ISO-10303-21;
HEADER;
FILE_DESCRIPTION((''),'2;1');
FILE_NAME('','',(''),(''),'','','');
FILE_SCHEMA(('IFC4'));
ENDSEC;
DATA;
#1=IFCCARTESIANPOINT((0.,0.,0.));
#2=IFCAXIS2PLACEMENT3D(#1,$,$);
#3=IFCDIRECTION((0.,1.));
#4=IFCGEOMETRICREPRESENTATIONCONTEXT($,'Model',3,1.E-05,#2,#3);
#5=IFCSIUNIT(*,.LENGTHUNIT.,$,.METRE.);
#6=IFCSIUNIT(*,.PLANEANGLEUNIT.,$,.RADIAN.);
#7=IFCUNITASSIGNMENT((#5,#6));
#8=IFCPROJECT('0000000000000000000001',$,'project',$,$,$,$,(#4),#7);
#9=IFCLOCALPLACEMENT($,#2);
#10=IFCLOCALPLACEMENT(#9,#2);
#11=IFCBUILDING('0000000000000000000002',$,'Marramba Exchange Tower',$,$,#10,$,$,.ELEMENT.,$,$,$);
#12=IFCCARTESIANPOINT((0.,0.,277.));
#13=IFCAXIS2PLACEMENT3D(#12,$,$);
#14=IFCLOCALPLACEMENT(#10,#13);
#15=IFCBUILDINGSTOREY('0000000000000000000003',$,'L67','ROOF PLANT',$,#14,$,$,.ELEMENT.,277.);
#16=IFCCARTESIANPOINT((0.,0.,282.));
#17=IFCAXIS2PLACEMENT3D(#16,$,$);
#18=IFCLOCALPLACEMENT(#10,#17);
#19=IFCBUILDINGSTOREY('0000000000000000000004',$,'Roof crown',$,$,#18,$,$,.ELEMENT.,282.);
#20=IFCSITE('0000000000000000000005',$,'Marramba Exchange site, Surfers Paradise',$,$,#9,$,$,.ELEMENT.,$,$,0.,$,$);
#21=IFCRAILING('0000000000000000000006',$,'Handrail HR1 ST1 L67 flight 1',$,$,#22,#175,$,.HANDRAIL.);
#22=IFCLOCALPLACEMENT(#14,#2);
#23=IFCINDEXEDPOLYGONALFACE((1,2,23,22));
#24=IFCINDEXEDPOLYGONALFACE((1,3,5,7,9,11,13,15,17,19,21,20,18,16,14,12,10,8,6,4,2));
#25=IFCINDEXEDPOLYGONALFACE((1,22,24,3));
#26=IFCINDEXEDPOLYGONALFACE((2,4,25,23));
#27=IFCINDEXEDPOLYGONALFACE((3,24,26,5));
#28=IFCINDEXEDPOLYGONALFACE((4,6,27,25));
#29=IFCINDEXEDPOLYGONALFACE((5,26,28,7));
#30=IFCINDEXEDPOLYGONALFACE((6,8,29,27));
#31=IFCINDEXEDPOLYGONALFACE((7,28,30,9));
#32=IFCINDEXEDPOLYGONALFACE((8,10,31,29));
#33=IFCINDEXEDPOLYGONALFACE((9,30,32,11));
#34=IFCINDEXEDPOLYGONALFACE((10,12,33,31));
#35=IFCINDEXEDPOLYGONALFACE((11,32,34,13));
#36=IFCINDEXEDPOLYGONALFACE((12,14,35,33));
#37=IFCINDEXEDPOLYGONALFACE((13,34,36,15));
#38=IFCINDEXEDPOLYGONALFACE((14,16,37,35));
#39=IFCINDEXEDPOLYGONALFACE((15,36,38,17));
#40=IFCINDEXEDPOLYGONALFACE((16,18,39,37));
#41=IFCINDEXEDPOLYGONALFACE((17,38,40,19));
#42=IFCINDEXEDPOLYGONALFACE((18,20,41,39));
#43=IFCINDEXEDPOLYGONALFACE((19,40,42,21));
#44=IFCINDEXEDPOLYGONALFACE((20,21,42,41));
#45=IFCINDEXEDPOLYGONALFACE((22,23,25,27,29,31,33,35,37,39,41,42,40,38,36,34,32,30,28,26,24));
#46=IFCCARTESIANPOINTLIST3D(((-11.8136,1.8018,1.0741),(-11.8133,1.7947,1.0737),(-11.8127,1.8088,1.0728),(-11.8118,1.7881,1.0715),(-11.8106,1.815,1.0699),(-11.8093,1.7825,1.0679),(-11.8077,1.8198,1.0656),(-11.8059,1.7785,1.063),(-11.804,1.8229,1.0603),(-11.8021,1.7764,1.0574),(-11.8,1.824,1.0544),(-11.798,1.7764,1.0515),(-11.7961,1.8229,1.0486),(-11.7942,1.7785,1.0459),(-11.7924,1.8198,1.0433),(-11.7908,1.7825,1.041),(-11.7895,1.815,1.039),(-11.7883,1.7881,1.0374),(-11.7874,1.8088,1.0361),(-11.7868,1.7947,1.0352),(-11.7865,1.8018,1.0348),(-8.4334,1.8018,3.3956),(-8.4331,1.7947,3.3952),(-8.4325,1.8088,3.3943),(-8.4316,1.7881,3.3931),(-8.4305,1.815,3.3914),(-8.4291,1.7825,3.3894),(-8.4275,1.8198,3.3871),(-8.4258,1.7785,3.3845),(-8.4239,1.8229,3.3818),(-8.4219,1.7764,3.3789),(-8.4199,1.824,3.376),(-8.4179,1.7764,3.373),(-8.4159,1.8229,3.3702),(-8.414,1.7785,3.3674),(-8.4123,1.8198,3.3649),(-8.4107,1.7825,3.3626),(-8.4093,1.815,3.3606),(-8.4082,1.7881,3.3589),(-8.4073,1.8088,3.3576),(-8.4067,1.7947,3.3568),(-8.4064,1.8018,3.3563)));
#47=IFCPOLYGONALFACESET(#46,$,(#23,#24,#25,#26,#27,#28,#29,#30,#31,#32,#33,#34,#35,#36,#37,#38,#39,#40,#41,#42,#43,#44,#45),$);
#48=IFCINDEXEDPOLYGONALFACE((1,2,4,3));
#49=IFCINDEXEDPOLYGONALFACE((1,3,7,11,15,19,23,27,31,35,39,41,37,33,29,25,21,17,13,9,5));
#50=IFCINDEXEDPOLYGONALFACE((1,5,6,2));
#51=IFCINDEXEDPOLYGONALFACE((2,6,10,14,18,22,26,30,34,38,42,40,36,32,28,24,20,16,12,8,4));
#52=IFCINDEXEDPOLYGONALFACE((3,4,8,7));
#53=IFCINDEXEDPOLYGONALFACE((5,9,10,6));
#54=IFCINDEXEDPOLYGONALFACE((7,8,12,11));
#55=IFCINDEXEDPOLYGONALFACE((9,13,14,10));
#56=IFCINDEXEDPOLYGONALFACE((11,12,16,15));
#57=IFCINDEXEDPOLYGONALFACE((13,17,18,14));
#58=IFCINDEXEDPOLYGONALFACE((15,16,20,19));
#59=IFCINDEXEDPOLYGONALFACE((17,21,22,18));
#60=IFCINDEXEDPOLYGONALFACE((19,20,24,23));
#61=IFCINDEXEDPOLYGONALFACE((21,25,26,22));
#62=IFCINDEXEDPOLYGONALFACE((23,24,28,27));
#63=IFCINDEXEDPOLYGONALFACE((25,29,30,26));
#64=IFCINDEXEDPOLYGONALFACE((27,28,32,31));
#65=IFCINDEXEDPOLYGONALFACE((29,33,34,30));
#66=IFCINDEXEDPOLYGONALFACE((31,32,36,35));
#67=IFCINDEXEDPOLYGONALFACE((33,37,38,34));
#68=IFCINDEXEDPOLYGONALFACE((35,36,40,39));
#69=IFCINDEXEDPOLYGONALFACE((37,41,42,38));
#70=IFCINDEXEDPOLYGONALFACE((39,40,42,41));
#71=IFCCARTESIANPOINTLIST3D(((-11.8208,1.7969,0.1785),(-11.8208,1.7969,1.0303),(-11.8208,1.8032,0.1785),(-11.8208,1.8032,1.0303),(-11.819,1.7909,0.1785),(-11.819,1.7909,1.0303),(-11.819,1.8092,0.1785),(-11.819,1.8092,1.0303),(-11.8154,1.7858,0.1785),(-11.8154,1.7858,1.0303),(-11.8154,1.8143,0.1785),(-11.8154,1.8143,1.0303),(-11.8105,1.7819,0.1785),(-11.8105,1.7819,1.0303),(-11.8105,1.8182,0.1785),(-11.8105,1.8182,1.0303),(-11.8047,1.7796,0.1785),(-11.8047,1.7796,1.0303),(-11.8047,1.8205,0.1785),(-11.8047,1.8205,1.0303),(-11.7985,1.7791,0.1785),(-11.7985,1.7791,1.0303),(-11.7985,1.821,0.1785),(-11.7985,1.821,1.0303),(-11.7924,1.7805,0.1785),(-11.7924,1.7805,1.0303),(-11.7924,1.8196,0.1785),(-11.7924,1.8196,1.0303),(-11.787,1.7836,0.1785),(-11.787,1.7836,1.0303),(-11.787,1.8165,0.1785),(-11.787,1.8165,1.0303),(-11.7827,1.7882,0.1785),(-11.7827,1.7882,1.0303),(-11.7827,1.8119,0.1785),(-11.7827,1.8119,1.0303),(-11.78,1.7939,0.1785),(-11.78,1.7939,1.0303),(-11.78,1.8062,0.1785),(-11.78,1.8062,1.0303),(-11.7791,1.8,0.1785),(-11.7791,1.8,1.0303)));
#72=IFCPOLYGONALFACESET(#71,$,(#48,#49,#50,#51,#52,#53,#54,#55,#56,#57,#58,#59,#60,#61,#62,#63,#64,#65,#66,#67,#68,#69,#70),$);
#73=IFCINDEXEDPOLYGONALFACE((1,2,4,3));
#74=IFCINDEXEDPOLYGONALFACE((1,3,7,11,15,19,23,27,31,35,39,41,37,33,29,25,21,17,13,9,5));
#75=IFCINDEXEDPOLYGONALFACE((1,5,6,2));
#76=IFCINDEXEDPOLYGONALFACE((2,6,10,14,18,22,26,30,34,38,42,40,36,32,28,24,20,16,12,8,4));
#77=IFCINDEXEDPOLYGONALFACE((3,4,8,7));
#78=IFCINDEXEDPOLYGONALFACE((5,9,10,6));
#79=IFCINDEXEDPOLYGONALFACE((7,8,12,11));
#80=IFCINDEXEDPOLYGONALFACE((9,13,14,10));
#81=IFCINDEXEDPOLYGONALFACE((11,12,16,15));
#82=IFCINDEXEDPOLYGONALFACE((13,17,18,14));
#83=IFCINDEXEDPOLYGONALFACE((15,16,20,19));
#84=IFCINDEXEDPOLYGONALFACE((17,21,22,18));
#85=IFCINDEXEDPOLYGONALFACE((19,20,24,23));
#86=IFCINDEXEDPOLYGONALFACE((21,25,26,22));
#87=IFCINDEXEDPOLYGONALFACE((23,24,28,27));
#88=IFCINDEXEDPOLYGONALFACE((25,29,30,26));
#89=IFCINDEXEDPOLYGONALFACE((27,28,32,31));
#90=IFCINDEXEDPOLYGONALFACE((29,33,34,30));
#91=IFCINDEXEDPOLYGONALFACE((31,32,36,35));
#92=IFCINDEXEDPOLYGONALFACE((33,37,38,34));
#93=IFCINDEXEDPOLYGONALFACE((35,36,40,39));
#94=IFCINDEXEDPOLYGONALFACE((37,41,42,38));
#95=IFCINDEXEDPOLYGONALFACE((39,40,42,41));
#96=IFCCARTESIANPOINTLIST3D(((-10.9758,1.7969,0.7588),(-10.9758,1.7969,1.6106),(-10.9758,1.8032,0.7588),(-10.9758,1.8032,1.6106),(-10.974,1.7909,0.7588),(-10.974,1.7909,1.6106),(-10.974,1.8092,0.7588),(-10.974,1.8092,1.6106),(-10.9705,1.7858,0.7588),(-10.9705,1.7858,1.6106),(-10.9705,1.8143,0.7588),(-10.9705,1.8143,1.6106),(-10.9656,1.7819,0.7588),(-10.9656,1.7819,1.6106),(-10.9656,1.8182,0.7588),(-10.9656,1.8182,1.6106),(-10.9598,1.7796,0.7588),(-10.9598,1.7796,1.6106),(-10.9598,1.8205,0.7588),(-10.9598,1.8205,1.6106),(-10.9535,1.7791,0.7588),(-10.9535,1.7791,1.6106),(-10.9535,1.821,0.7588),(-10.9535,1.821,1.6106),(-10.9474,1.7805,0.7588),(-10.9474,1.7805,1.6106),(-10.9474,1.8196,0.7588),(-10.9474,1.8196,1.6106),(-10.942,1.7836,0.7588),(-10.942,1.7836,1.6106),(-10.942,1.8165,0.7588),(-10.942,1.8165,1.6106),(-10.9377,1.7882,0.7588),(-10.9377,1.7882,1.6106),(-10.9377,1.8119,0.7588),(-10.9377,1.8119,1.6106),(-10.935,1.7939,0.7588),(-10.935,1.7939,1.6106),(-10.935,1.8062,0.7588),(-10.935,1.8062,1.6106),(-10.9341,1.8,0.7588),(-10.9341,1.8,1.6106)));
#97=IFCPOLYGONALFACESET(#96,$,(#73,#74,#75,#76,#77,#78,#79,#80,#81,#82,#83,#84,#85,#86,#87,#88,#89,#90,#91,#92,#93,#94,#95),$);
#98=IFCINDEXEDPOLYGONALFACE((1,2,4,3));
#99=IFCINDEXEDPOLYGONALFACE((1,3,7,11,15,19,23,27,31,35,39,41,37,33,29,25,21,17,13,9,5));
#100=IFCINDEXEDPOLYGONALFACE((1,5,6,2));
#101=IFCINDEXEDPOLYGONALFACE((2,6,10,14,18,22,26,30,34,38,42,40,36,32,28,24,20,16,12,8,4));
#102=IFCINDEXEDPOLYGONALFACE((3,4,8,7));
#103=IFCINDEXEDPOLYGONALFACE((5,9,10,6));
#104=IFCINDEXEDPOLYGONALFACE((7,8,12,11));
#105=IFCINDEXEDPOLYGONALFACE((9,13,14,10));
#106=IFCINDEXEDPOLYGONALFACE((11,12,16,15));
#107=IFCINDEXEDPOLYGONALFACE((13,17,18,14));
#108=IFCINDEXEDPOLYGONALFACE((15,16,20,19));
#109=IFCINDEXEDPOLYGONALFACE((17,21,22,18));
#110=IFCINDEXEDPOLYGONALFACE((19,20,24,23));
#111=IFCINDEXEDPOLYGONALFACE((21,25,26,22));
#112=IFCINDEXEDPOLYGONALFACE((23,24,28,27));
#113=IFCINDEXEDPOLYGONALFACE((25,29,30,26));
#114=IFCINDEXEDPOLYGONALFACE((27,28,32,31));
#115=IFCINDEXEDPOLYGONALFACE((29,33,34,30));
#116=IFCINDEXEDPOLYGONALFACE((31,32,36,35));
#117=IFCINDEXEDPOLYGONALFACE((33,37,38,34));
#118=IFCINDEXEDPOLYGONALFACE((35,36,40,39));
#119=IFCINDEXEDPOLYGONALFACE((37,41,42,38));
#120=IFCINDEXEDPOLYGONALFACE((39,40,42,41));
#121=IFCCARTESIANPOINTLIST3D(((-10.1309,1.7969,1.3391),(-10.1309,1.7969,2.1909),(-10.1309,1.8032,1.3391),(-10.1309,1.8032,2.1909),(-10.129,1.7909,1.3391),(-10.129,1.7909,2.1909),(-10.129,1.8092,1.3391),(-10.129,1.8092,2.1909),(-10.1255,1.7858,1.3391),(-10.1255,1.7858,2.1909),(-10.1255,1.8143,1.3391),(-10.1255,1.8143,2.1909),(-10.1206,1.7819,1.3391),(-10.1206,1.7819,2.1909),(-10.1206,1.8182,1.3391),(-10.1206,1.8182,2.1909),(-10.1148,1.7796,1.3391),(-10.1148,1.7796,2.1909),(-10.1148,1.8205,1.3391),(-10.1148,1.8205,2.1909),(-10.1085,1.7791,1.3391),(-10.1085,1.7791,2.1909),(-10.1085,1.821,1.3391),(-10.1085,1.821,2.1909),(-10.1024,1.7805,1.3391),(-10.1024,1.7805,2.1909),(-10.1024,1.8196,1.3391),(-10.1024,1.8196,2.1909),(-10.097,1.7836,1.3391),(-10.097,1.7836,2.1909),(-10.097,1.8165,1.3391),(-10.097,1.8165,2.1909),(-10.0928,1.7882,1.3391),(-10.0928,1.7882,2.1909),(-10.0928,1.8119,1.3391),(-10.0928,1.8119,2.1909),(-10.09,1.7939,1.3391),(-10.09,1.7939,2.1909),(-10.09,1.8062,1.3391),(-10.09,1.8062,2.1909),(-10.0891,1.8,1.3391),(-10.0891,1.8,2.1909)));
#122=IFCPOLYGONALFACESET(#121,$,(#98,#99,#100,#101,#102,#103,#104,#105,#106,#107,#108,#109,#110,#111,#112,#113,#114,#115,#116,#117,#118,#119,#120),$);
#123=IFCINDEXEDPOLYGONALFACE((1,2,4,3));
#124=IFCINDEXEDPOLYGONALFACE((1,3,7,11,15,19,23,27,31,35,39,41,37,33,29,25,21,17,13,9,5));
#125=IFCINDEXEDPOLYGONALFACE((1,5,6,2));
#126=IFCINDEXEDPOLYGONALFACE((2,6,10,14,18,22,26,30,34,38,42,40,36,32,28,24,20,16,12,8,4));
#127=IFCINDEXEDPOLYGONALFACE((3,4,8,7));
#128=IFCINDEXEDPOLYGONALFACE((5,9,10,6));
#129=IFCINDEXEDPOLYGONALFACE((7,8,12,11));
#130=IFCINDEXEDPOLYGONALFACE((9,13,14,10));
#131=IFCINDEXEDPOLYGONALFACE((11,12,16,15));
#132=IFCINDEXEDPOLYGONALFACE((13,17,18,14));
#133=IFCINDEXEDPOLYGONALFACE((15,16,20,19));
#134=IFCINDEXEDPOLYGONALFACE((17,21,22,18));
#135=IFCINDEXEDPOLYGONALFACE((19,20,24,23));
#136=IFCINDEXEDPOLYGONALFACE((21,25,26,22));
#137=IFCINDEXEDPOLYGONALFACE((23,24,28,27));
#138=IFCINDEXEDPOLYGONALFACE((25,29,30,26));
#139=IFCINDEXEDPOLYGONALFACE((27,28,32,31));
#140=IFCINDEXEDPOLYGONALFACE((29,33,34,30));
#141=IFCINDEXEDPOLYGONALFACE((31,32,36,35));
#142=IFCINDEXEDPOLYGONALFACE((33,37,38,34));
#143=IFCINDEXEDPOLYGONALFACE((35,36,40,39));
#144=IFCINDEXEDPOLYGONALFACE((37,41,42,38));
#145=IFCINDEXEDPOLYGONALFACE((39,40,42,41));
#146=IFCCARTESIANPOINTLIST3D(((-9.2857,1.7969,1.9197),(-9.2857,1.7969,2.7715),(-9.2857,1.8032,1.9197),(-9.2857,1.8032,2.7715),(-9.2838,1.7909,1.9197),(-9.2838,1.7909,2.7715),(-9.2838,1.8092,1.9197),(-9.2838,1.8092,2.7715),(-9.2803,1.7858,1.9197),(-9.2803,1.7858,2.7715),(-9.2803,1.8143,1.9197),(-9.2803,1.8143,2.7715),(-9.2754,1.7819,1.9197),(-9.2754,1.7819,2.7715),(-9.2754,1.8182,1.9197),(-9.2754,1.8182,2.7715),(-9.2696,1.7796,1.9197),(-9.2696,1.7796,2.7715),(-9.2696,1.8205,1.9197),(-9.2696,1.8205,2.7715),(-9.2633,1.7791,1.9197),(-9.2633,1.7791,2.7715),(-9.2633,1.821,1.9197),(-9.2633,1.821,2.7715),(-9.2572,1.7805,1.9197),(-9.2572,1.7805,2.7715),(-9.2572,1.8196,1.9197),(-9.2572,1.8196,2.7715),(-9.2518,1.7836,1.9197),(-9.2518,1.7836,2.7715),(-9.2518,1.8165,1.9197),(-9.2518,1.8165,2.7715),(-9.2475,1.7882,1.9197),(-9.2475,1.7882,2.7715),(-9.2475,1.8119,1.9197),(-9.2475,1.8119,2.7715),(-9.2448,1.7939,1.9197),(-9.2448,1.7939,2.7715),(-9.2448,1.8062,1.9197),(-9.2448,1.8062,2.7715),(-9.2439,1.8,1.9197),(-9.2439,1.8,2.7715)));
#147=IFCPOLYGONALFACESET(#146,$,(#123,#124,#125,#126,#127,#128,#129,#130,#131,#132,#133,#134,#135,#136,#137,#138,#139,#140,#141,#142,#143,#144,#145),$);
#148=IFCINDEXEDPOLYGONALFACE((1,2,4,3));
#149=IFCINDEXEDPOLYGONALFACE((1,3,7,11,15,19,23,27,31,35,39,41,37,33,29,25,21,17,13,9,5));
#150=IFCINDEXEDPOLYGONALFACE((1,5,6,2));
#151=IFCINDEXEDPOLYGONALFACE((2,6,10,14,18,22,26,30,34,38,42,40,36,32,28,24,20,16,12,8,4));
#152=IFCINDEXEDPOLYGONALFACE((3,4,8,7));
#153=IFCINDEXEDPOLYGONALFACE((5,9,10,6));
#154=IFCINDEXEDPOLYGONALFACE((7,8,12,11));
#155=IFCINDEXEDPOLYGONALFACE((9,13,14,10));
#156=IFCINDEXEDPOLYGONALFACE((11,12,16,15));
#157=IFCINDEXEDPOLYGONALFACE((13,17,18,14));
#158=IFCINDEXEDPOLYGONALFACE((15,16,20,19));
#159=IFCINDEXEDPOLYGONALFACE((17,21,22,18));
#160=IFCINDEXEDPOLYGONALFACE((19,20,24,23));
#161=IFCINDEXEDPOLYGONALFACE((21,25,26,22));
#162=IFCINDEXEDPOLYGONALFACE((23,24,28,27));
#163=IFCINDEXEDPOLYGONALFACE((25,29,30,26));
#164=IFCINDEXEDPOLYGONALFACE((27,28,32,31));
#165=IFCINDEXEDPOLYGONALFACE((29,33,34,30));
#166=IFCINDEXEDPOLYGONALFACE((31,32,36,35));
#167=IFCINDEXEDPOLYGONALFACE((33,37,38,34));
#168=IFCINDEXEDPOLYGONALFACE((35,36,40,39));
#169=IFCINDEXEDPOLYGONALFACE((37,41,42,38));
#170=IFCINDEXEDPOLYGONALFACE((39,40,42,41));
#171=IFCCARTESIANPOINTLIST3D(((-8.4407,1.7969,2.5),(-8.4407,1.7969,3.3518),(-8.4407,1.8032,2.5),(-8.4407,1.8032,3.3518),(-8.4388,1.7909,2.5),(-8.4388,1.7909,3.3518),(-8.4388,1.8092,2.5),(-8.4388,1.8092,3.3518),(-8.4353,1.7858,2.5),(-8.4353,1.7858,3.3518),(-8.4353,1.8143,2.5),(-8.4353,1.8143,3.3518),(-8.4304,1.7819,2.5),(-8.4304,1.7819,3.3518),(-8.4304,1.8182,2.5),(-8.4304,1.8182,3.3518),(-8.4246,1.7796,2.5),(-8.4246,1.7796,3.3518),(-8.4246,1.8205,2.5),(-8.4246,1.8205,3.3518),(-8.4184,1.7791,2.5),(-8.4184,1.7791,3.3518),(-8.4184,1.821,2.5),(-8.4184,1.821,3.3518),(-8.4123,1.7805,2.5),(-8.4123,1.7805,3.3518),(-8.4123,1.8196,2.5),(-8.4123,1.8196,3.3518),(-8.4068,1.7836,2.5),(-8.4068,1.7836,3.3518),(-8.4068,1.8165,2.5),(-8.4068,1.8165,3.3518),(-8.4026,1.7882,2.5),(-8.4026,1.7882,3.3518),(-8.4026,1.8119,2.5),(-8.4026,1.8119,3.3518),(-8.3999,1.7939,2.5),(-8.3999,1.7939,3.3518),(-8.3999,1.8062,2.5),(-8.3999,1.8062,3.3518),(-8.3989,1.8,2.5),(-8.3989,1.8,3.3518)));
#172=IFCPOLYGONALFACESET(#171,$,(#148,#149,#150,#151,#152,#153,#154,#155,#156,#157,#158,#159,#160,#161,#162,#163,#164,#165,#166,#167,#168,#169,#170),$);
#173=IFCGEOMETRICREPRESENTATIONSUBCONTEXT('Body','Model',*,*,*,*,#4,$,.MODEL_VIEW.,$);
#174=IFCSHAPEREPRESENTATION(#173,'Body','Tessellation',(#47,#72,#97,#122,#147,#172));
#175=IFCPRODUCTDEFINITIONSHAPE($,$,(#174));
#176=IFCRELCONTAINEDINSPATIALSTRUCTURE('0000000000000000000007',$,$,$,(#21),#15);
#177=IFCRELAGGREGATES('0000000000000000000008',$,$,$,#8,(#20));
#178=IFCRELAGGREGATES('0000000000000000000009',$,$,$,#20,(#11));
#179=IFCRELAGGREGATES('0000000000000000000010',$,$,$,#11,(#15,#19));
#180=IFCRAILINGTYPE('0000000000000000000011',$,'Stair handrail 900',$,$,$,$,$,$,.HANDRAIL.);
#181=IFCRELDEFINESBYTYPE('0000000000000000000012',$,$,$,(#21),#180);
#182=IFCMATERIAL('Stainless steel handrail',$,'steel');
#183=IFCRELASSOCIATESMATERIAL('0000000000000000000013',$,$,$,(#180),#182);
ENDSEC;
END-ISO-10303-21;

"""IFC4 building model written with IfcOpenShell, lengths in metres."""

from ifc_helpers import new_model, si_unit, direction, frame, origin, origin_2d, place, context, subcontext, project, spatial, circle, extrude, material, type_object, element, save


model = new_model("IFC4")

# Units and contexts
model_context = context("Model", 3, precision=1e-05, world=origin(), true_north=direction((0.0, 1.0)))
body_context = subcontext(model_context, "Body", "Model", "MODEL_VIEW")
ifc_project = project(units=[si_unit("LENGTHUNIT", "METRE"), si_unit("PLANEANGLEUNIT", "RADIAN")], contexts=[model_context])

# Site, building, storey
site_placement = place(None, origin())
site = spatial("IfcSite", under=ifc_project, at=site_placement, Name="Marramba Exchange site, Surfers Paradise", CompositionType="ELEMENT", RefElevation=0.0)
building_placement = place(site_placement, origin())
building = spatial("IfcBuilding", under=site, at=building_placement, Name="Marramba Exchange Tower", CompositionType="ELEMENT")
storey_1_placement = place(building_placement, frame((0.0, 0.0, 277.0)))
storey_1 = spatial("IfcBuildingStorey", under=building, at=storey_1_placement, Name="L67", Description="ROOF PLANT", CompositionType="ELEMENT", Elevation=277.0)

# Shared definitions
storey_2_placement = place(building_placement, frame((0.0, 0.0, 282.0)))
storey_2 = spatial("IfcBuildingStorey", under=building, at=storey_2_placement, Name="Roof crown", CompositionType="ELEMENT", Elevation=282.0)

# Railing
ifc_material_1 = material(Name="Stainless steel handrail", Category="steel")
railing_type_1 = type_object("IfcRailingType", Name="Stair handrail 900", PredefinedType="HANDRAIL", material=ifc_material_1)
railing_1_placement = place(storey_1_placement, frame((-11.8, 1.8, 0.1785)))
element("IfcRailing", 1, at=railing_1_placement, inside=storey_1, type_object=railing_type_1, Name="Handrail HR1 ST1 L67 flight 1", PredefinedType="HANDRAIL", context=body_context, shape_type="SweptSolid", body=[
    extrude(circle(Radius=0.0239, at=origin_2d()), frame((0.0, 0.0, 0.876), z_axis=(0.824304, 0.0, 0.566147), x_axis=(0.0, 1.0, 0.0)), (0.0, 0.0, 1.0), 4.1006),
    extrude(circle(Radius=0.021, at=origin_2d()), origin(), (0.0, 0.0, 1.0), 0.8518),
    extrude(circle(Radius=0.021, at=origin_2d()), frame((0.845, 0.0, 0.5803)), (0.0, 0.0, 1.0), 0.8518),
    extrude(circle(Radius=0.021, at=origin_2d()), frame((1.6899, 0.0, 1.1606)), (0.0, 0.0, 1.0), 0.8518),
    extrude(circle(Radius=0.021, at=origin_2d()), frame((2.5352, 0.0, 1.7412)), (0.0, 0.0, 1.0), 0.8518),
    extrude(circle(Radius=0.021, at=origin_2d()), frame((3.3801, 0.0, 2.3215)), (0.0, 0.0, 1.0), 0.8518),
])

save(model, "model.ifc")
